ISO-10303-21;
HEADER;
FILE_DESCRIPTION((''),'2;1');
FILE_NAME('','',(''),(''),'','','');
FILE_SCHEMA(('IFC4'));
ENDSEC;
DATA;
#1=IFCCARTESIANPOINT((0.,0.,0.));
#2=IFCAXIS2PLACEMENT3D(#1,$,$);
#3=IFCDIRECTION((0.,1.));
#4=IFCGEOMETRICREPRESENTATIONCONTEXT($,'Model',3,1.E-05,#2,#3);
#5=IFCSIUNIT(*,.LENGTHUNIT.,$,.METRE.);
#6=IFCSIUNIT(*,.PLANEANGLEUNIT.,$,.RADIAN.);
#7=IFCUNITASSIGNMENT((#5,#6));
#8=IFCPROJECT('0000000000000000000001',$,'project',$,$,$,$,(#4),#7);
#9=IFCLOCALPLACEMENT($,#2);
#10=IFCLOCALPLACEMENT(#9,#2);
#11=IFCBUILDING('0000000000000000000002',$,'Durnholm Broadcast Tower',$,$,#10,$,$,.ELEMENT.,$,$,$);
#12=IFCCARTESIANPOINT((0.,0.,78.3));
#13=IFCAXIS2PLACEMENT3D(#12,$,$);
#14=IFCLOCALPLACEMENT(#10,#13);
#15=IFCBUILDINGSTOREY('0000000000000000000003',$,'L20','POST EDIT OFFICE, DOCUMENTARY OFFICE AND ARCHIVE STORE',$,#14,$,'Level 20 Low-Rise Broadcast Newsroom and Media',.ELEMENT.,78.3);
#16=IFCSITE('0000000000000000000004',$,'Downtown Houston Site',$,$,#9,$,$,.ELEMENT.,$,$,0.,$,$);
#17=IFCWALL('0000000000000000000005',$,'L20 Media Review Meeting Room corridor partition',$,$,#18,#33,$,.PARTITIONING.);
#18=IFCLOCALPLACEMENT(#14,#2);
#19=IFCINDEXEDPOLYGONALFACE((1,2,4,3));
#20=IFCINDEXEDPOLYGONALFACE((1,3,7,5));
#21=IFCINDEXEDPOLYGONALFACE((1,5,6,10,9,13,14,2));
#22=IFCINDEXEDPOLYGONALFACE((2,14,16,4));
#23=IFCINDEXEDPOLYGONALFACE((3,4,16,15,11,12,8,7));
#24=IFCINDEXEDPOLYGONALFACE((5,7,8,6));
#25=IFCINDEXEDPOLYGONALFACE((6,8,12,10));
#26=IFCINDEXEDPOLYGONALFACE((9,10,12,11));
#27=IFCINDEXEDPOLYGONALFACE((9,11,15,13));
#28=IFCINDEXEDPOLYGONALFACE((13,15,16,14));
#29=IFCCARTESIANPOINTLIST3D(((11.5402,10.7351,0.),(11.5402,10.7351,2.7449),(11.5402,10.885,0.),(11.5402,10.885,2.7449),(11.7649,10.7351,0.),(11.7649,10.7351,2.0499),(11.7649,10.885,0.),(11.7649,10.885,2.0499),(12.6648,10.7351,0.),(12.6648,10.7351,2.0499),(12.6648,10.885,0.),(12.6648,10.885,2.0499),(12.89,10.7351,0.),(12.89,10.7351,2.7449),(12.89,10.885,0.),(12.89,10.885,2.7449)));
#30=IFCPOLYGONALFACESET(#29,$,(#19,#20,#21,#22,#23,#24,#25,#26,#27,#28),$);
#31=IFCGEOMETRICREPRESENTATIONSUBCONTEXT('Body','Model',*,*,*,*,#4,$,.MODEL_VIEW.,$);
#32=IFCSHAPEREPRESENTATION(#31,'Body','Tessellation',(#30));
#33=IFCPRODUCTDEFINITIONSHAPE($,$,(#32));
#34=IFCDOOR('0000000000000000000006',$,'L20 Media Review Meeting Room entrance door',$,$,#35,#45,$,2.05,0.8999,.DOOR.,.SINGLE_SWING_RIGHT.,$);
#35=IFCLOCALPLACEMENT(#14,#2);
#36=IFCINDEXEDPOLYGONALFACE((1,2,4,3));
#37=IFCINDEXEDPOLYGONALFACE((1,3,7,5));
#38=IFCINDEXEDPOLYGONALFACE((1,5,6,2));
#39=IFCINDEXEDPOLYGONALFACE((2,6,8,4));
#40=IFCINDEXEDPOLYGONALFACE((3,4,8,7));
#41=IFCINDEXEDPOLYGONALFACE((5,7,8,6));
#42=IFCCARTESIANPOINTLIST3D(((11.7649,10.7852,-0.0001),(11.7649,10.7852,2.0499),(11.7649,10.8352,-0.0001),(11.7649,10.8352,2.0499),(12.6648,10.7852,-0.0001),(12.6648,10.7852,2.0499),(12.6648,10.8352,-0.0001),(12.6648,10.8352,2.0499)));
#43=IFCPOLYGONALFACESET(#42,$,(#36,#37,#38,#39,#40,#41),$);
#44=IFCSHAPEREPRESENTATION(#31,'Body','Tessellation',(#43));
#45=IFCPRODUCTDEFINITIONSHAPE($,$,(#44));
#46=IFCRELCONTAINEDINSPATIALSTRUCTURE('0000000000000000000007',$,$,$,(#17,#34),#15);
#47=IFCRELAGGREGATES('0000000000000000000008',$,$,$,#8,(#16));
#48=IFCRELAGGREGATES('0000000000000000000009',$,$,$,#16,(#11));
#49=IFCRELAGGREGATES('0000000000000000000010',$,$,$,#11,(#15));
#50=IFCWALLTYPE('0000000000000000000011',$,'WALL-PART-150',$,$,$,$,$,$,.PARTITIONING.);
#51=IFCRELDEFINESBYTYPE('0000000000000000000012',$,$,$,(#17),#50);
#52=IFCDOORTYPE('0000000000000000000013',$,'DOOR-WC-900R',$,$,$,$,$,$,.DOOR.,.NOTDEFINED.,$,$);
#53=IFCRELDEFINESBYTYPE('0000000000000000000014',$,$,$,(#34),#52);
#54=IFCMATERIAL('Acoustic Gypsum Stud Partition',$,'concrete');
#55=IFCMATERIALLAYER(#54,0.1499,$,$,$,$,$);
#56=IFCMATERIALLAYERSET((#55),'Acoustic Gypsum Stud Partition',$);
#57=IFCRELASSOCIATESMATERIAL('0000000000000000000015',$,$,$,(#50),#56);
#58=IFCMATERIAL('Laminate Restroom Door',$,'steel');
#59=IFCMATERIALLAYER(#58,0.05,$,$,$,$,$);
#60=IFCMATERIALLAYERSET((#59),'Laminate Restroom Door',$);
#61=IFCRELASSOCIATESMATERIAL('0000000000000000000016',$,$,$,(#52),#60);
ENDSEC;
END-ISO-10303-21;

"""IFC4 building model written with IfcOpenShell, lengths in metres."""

from ifc_helpers import new_model, si_unit, direction, frame, frame_2d, origin, place, context, subcontext, project, spatial, rectangle, extrude, source, transform, mapped, material, layer, layer_set, type_object, type_shapes, element, fill, save


model = new_model("IFC4")

# Units and contexts
model_context = context("Model", 3, precision=1e-05, world=origin(), true_north=direction((0.0, 1.0)))
body_context = subcontext(model_context, "Body", "Model", "MODEL_VIEW")
ifc_project = project(units=[si_unit("LENGTHUNIT", "METRE"), si_unit("PLANEANGLEUNIT", "RADIAN")], contexts=[model_context])

# Site, building, storey
site_placement = place(None, origin())
site = spatial("IfcSite", under=ifc_project, at=site_placement, Name="Downtown Houston Site", CompositionType="ELEMENT", RefElevation=0.0)
building_placement = place(site_placement, origin())
building = spatial("IfcBuilding", under=site, at=building_placement, Name="Durnholm Broadcast Tower", CompositionType="ELEMENT")
storey_placement = place(building_placement, frame((0.0, 0.0, 78.3)))
storey = spatial("IfcBuildingStorey", under=building, at=storey_placement, Name="L20", Description="POST EDIT OFFICE, DOCUMENTARY OFFICE AND ARCHIVE STORE", LongName="Level 20 Low-Rise Broadcast Newsroom and Media", CompositionType="ELEMENT", Elevation=78.3)

# Wall, opening, door
ifc_material_1 = material(Name="Acoustic Gypsum Stud Partition", Category="concrete")
ifc_layer_1 = layer(ifc_material_1, 0.1499)
ifc_layer_set_1 = layer_set([ifc_layer_1], Name="Acoustic Gypsum Stud Partition")
wall_type_1 = type_object("IfcWallType", Name="WALL-PART-150", PredefinedType="PARTITIONING", material=ifc_layer_set_1)
wall_1_placement = place(storey_placement, frame((12.8899, 10.8101, 0.0), z_axis=(0.0, 0.0, 1.0), x_axis=(-1.0, 0.0, 0.0)))
wall_1 = element("IfcWall", 1, at=wall_1_placement, inside=storey, type_object=wall_type_1, Name="L20 Media Review Meeting Room corridor partition", PredefinedType="PARTITIONING", context=body_context, shape_type="SweptSolid", body=[
    extrude(rectangle(XDim=1.3499, YDim=0.1499, at=frame_2d((0.6748, 0.0))), origin(), (0.0, 0.0, 1.0), 2.7449),
])
opening_placement = place(wall_1_placement, frame((0.2251, 0.0, 0.0)))
opening = element("IfcOpeningElement", 2, at=opening_placement, cuts=wall_1, PredefinedType="OPENING", context=body_context, shape_type="SweptSolid", body=[
    extrude(rectangle(XDim=0.8999, YDim=2.05, at=frame_2d((0.45, 1.0249))), frame((0.0, 0.085, 0.0), z_axis=(0.0, -1.0, 0.0), x_axis=(1.0, 0.0, 0.0)), (0.0, 0.0, 1.0), 0.1699),
])
ifc_material_2 = material(Name="Laminate Restroom Door", Category="steel")
ifc_layer_2 = layer(ifc_material_2, 0.05)
ifc_layer_set_2 = layer_set([ifc_layer_2], Name="Laminate Restroom Door")
door_type = type_object("IfcDoorType", Name="DOOR-WC-900R", OperationType="NOTDEFINED", PredefinedType="DOOR", material=ifc_layer_set_2)
shared_shape_1 = source(origin(), body_context, "Body", "SweptSolid", [
    extrude(rectangle(XDim=0.8999, YDim=2.05, at=frame_2d((0.45, 1.0249))), frame((0.0, 0.0249, 0.0), z_axis=(0.0, -1.0, 0.0), x_axis=(1.0, 0.0, 0.0)), (0.0, 0.0, 1.0), 0.05),
])
type_shapes(door_type, [shared_shape_1])
door_placement = place(opening_placement, origin())
door = element("IfcDoor", 3, at=door_placement, inside=storey, type_object=door_type, Name="L20 Media Review Meeting Room entrance door", OperationType="SINGLE_SWING_RIGHT", OverallHeight=2.05, OverallWidth=0.8999, PredefinedType="DOOR", context=body_context, shape_type="MappedRepresentation", body=[
    mapped(shared_shape_1, transform((0.0, 0.0, 0.0), x_axis=(1.0, 0.0, 0.0), y_axis=(0.0, 1.0, 0.0), z_axis=(0.0, 0.0, 1.0), scale=1.0)),
])
fill(opening, door)

save(model, "model.ifc")
